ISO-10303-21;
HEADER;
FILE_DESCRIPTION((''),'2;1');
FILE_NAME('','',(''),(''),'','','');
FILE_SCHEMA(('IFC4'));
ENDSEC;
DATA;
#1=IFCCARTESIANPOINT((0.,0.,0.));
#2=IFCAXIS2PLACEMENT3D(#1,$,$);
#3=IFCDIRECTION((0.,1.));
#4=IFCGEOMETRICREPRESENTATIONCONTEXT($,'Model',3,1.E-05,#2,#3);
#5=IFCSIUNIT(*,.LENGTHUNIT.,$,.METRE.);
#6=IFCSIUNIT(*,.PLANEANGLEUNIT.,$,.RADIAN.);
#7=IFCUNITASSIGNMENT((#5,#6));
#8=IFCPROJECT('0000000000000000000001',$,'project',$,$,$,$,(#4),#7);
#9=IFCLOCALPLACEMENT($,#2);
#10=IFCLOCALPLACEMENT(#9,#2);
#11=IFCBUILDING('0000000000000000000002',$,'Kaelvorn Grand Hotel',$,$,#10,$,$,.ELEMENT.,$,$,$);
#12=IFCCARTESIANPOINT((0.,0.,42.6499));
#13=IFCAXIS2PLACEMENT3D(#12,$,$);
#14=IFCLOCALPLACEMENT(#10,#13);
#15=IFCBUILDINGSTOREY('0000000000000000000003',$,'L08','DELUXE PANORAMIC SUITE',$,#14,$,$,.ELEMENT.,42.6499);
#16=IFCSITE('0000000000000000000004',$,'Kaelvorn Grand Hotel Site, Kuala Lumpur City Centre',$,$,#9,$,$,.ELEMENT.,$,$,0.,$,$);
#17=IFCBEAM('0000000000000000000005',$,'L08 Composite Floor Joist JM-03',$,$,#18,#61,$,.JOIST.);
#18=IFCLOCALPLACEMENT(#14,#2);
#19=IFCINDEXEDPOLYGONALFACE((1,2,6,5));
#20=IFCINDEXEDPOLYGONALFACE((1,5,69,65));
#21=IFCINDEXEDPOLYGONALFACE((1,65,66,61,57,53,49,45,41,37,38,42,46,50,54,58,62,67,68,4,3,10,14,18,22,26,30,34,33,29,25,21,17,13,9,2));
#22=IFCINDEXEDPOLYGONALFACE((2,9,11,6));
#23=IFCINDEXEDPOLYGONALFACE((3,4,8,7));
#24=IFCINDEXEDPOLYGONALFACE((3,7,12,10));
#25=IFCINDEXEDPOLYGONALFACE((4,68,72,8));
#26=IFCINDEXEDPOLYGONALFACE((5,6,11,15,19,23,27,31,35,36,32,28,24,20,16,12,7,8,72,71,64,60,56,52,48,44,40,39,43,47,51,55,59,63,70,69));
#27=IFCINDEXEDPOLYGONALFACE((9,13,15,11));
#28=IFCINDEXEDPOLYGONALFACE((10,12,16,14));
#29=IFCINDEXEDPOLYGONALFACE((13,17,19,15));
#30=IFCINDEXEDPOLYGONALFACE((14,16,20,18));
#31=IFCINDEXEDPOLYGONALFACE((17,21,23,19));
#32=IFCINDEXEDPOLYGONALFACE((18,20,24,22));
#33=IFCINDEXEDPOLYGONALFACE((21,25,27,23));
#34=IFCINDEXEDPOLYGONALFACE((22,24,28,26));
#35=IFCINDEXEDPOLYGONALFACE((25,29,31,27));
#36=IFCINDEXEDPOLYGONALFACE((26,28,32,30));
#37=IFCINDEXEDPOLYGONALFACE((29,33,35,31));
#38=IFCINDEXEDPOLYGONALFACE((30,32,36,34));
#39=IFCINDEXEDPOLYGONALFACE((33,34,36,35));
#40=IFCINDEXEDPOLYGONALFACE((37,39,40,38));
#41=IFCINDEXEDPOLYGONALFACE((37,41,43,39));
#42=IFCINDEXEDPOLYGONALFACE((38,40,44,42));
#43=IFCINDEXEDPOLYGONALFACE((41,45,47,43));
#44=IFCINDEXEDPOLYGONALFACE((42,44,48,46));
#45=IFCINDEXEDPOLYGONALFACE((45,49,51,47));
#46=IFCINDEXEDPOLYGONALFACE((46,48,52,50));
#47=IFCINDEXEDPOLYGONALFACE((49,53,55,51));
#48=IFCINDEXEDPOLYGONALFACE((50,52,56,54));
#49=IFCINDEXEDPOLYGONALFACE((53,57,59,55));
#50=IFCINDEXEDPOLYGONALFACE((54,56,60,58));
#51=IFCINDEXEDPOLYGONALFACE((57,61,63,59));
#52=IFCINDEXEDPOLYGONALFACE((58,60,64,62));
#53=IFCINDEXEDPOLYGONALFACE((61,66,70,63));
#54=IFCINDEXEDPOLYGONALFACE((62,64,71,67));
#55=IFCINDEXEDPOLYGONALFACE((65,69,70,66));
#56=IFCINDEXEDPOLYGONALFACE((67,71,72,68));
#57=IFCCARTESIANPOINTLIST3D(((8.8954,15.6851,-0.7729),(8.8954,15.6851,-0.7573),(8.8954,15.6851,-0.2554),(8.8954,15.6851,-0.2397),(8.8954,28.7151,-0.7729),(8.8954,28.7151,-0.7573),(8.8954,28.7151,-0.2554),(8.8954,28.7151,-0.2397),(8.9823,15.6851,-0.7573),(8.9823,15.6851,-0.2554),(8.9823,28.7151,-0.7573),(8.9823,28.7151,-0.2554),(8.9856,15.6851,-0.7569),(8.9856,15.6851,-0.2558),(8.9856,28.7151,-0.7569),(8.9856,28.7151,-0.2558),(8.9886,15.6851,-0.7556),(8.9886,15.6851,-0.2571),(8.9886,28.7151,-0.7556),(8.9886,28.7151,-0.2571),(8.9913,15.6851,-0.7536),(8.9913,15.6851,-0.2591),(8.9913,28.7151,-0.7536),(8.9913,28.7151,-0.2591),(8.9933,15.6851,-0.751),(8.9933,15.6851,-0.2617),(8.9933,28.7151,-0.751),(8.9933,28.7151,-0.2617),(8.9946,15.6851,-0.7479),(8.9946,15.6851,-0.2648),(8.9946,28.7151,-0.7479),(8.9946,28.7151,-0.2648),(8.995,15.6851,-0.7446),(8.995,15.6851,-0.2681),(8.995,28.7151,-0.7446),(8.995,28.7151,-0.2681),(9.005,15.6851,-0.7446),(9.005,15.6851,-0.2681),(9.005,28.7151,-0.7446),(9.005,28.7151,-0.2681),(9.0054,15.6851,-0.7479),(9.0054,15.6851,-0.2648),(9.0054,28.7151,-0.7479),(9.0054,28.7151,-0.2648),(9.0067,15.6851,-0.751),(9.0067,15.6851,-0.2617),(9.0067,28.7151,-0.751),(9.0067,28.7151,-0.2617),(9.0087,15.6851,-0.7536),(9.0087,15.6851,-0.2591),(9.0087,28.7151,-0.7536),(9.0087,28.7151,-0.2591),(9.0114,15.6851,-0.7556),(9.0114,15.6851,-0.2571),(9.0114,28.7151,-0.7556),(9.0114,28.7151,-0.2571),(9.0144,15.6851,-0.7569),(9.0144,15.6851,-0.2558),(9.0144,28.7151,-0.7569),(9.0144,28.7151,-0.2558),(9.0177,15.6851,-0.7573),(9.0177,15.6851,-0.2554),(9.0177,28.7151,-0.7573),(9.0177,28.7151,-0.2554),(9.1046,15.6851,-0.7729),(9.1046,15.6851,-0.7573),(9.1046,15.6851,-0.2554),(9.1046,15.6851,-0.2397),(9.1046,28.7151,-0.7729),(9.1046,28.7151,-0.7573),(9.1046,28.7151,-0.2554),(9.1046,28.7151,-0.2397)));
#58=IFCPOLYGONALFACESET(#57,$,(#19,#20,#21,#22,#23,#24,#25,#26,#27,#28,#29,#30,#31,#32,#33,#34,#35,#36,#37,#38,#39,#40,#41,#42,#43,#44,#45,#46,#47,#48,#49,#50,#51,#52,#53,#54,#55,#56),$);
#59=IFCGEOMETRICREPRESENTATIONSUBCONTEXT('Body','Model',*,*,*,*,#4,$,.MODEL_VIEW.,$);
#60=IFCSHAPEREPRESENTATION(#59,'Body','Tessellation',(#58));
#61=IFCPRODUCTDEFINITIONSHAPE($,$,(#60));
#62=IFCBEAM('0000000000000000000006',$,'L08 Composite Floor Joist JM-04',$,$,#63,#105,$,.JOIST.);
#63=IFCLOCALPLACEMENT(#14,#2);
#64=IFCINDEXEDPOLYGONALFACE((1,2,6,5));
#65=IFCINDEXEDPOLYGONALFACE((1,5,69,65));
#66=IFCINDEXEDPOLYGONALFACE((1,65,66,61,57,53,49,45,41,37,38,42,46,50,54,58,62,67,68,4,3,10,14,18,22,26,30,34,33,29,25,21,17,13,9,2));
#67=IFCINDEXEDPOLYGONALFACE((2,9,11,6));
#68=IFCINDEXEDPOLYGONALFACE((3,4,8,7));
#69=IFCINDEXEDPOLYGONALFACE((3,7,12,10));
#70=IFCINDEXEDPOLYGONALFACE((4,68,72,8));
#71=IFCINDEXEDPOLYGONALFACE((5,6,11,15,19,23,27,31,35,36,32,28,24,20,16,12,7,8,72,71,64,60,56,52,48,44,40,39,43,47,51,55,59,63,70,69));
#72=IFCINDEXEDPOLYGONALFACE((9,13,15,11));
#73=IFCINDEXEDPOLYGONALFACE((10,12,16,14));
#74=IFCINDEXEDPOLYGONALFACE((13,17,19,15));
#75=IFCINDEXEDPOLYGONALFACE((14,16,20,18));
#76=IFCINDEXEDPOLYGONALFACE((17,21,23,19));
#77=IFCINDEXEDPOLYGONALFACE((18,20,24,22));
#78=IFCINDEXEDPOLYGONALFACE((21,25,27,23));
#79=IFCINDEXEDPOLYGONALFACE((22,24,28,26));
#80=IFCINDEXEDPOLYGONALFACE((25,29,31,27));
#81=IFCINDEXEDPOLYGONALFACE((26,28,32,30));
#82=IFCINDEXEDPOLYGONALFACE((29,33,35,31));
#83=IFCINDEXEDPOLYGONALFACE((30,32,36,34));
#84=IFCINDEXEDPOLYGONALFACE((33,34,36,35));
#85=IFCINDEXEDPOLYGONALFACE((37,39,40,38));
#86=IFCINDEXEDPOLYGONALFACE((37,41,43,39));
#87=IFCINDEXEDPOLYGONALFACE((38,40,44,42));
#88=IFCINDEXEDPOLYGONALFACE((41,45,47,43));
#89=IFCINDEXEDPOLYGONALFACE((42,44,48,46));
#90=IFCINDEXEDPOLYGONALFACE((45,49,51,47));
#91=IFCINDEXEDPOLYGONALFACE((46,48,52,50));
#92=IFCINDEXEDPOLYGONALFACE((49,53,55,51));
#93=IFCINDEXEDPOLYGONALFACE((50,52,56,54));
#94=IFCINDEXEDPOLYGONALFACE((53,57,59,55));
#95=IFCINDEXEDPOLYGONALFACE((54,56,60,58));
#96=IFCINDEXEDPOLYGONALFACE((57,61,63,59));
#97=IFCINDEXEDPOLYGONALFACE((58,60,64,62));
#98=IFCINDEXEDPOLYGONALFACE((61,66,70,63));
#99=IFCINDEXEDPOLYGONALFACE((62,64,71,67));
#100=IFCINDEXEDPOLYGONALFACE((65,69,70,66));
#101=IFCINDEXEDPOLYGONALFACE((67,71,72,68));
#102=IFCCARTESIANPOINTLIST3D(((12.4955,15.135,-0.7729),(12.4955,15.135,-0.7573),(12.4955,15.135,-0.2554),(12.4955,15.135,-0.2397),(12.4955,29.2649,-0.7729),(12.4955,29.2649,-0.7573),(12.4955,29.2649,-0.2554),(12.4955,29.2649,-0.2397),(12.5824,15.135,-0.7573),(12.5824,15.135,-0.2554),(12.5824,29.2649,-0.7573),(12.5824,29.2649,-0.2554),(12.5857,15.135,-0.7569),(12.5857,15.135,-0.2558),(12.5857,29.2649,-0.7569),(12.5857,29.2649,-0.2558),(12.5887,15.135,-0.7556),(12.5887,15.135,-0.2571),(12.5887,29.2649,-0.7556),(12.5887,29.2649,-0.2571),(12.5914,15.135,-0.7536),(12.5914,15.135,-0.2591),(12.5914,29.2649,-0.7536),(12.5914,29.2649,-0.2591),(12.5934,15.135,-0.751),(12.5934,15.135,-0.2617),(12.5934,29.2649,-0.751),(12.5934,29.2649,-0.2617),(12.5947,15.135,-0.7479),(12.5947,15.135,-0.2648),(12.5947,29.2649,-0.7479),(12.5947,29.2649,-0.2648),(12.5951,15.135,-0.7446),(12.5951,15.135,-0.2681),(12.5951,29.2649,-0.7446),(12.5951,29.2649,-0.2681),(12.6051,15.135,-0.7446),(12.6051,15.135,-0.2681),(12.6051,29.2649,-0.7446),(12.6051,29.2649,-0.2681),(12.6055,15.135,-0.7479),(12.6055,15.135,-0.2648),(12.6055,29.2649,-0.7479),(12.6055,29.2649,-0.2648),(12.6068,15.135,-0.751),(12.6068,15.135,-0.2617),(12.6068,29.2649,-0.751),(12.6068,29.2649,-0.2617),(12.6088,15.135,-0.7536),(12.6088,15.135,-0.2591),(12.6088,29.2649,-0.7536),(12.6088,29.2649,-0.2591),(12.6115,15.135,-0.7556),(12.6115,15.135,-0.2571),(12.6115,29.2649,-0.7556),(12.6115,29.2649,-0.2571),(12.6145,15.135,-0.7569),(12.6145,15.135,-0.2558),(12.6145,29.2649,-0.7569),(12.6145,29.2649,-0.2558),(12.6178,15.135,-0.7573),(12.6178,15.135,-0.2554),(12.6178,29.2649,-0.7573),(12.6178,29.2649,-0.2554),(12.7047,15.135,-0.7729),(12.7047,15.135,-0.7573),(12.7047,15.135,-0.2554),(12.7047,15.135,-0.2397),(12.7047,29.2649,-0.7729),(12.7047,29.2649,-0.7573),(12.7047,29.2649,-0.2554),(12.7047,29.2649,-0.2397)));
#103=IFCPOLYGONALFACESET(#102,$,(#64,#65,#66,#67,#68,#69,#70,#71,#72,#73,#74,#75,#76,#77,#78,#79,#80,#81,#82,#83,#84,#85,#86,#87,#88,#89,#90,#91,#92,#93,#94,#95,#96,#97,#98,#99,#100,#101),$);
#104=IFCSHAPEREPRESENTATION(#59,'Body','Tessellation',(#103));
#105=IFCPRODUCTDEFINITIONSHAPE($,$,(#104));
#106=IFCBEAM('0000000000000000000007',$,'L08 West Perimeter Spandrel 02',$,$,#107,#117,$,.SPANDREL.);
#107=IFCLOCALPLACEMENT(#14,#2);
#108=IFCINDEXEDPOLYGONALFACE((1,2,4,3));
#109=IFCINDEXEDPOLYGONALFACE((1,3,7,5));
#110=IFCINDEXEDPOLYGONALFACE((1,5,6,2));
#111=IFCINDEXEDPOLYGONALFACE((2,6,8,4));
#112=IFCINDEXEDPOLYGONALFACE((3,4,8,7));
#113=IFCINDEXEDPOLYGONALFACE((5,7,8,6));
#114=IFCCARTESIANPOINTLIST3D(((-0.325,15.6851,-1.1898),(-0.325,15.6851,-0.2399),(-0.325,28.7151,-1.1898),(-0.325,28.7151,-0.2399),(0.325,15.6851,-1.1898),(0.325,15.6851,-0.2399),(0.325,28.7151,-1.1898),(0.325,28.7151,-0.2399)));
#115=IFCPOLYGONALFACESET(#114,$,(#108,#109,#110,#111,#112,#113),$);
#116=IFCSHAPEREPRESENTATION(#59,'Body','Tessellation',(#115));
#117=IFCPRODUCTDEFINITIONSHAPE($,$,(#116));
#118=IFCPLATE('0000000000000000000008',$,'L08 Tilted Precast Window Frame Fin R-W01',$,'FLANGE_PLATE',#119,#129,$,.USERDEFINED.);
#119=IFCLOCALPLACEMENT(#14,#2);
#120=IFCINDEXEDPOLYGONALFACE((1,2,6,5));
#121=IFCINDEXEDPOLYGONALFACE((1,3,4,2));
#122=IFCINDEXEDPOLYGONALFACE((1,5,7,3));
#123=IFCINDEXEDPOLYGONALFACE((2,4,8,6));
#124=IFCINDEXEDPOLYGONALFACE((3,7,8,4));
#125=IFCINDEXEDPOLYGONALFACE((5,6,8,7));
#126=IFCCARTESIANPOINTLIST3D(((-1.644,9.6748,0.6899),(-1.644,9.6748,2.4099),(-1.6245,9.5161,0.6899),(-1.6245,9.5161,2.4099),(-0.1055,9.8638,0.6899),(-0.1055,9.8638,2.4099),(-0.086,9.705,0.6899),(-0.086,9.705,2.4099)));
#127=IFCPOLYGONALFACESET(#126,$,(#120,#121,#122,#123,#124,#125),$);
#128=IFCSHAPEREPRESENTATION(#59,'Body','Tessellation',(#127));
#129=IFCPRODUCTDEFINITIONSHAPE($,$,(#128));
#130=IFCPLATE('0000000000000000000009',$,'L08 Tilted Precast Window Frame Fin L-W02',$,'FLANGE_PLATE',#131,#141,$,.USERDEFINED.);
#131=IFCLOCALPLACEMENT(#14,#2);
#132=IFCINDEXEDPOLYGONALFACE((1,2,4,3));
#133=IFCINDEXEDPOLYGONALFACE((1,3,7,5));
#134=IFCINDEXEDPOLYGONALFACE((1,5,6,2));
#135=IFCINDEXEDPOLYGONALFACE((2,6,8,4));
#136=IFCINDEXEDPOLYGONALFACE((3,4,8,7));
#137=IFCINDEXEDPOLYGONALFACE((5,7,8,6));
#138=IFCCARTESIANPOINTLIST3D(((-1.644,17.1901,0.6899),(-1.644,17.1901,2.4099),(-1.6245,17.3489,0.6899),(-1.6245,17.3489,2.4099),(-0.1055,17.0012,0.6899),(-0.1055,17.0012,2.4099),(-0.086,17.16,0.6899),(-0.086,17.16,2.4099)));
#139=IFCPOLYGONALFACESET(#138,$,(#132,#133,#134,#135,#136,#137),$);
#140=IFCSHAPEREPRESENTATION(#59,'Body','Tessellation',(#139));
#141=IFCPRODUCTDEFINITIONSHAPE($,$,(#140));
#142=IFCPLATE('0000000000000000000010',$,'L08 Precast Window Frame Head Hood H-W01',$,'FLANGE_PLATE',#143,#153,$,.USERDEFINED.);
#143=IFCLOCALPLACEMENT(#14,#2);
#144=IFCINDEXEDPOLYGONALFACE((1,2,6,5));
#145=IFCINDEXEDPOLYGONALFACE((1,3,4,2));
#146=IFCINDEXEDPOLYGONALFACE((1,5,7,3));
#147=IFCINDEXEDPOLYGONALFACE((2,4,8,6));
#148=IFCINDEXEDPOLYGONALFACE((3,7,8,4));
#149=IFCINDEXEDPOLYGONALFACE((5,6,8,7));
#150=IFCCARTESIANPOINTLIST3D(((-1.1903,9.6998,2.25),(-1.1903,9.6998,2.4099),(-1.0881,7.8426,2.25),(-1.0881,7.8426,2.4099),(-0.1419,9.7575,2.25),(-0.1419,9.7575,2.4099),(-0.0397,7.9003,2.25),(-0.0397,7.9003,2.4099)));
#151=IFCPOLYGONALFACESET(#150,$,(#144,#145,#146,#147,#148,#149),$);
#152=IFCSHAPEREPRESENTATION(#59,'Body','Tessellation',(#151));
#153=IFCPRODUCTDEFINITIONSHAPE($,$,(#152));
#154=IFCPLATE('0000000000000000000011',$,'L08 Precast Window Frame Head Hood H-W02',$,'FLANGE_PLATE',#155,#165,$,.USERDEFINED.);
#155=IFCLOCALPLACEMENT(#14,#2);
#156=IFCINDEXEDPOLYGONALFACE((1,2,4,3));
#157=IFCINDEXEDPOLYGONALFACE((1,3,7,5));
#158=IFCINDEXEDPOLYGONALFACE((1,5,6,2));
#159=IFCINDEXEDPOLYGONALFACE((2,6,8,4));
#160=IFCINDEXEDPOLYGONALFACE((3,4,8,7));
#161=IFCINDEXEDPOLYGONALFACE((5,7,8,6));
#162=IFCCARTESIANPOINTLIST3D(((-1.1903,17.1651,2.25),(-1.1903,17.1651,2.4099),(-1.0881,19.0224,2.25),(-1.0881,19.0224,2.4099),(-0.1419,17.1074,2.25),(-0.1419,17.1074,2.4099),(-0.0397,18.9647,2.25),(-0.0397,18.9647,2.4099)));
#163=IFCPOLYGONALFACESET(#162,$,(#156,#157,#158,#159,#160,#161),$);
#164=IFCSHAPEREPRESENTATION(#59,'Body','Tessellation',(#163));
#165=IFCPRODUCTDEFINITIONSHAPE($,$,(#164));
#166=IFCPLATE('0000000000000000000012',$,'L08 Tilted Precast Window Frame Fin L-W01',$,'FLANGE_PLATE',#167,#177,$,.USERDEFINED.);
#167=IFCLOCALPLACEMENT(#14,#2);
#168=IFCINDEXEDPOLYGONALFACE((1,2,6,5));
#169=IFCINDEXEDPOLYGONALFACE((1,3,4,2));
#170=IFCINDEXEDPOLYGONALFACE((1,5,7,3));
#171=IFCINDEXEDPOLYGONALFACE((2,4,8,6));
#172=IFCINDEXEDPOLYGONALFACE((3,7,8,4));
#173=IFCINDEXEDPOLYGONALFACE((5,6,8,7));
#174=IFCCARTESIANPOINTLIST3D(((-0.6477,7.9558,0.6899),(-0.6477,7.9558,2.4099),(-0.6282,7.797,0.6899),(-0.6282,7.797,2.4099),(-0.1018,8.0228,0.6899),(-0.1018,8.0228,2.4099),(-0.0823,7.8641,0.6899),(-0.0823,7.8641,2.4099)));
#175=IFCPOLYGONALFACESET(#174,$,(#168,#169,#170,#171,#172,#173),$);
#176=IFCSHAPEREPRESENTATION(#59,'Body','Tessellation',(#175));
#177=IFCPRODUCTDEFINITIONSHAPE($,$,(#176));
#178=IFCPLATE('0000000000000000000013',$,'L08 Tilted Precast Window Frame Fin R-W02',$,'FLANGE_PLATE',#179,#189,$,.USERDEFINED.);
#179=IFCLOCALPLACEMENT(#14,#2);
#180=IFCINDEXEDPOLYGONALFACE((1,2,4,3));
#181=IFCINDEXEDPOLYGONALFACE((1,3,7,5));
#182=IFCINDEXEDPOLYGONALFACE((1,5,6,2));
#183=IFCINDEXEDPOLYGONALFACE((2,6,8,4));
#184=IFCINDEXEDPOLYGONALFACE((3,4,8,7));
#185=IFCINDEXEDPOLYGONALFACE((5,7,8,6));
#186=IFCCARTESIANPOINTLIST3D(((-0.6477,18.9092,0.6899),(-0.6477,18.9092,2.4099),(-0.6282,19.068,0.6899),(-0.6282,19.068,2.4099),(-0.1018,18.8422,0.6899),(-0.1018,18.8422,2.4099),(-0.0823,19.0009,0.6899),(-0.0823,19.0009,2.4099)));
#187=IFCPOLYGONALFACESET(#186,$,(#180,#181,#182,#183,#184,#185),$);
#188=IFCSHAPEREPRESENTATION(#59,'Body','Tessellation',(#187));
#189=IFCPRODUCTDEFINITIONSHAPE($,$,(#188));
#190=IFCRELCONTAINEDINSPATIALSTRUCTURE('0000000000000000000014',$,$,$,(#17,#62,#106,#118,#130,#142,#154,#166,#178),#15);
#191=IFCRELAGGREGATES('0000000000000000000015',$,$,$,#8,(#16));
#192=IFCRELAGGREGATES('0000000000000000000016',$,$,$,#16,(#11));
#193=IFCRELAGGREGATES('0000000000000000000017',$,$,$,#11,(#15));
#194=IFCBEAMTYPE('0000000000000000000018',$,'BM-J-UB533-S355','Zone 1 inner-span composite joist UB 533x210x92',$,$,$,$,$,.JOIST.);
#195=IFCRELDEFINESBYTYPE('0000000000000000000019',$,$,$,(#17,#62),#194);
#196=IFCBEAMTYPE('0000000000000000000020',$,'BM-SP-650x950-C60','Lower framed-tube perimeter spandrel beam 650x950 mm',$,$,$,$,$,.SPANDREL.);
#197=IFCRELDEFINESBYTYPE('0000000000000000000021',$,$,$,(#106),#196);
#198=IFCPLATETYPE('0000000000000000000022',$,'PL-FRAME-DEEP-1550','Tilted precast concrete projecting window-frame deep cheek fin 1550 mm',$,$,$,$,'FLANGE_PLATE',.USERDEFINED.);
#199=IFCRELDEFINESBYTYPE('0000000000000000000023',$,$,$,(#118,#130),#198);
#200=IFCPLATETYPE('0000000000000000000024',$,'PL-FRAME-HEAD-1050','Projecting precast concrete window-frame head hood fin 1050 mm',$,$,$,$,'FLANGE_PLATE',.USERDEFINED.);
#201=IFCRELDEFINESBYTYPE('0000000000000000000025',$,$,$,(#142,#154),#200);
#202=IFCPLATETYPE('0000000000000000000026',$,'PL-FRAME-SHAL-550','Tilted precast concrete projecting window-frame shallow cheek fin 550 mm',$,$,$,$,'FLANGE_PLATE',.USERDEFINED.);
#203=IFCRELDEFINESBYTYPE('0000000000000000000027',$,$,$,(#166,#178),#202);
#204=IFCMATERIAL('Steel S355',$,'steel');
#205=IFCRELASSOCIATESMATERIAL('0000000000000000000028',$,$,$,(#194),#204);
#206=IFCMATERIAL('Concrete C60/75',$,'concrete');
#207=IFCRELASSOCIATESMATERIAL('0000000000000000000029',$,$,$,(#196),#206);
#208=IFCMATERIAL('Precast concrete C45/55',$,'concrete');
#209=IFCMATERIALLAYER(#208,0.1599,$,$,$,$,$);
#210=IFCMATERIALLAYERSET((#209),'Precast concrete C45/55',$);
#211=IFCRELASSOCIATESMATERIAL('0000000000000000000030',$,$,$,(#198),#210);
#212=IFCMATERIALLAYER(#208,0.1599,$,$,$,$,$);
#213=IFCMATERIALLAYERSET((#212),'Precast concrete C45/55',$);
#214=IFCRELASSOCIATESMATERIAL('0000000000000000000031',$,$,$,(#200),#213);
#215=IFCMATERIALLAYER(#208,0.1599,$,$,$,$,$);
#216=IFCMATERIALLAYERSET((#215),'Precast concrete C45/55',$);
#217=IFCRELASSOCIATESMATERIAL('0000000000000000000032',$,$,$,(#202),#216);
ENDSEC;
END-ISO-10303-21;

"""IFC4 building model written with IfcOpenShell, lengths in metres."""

from ifc_helpers import new_model, si_unit, direction, frame, origin, origin_2d, place, context, subcontext, project, spatial, rectangle, i_section, extrude, material, layer, layer_set, material_profile, profile_set, type_object, element, save


model = new_model("IFC4")

# Units and contexts
model_context = context("Model", 3, precision=1e-05, world=origin(), true_north=direction((0.0, 1.0)))
body_context = subcontext(model_context, "Body", "Model", "MODEL_VIEW")
ifc_project = project(units=[si_unit("LENGTHUNIT", "METRE"), si_unit("PLANEANGLEUNIT", "RADIAN")], contexts=[model_context])

# Site, building, storey
site_placement = place(None, origin())
site = spatial("IfcSite", under=ifc_project, at=site_placement, Name="Kaelvorn Grand Hotel Site, Kuala Lumpur City Centre", CompositionType="ELEMENT", RefElevation=0.0)
building_placement = place(site_placement, origin())
building = spatial("IfcBuilding", under=site, at=building_placement, Name="Kaelvorn Grand Hotel", CompositionType="ELEMENT")
storey_placement = place(building_placement, frame((0.0, 0.0, 42.6499)))
storey = spatial("IfcBuildingStorey", under=building, at=storey_placement, Name="L08", Description="DELUXE PANORAMIC SUITE", CompositionType="ELEMENT", Elevation=42.6499)

# Beams
ifc_material_1 = material(Name="Steel S355", Category="steel")
ifc_material_profile_1 = material_profile(ifc_material_1, i_section(OverallWidth=0.2092, OverallDepth=0.5332, WebThickness=0.01, FlangeThickness=0.0156, FilletRadius=0.0127, at=origin_2d()), Name="UB 533x210x92")
ifc_profile_set_1 = profile_set([ifc_material_profile_1], Name="Steel S355")
beam_type_1 = type_object("IfcBeamType", Name="BM-J-UB533-S355", Description="Zone 1 inner-span composite joist UB 533x210x92", PredefinedType="JOIST", material=ifc_profile_set_1)
beam_1_placement = place(storey_placement, frame((9.0, 15.6851, -0.5063), z_axis=(0.0, 1.0, 0.0), x_axis=(-1.0, 0.0, 0.0)))
element("IfcBeam", 1, at=beam_1_placement, inside=storey, type_object=beam_type_1, Name="L08 Composite Floor Joist JM-03", PredefinedType="JOIST", context=body_context, shape_type="SweptSolid", body=[
    extrude(i_section(OverallWidth=0.2092, OverallDepth=0.5332, WebThickness=0.01, FlangeThickness=0.0156, FilletRadius=0.0127, at=origin_2d()), origin(), (0.0, 0.0, 1.0), 13.03),
])
beam_2_placement = place(storey_placement, frame((12.6001, 15.135, -0.5063), z_axis=(0.0, 1.0, 0.0), x_axis=(-1.0, 0.0, 0.0)))
element("IfcBeam", 2, at=beam_2_placement, inside=storey, type_object=beam_type_1, Name="L08 Composite Floor Joist JM-04", PredefinedType="JOIST", context=body_context, shape_type="SweptSolid", body=[
    extrude(i_section(OverallWidth=0.2092, OverallDepth=0.5332, WebThickness=0.01, FlangeThickness=0.0156, FilletRadius=0.0127, at=origin_2d()), origin(), (0.0, 0.0, 1.0), 14.1299),
])
ifc_material_2 = material(Name="Concrete C60/75", Category="concrete")
ifc_material_profile_2 = material_profile(ifc_material_2, rectangle(XDim=0.6499, YDim=0.95, at=origin_2d()), Name="RC SPANDREL 650x950")
ifc_profile_set_2 = profile_set([ifc_material_profile_2], Name="Concrete C60/75")
beam_type_2 = type_object("IfcBeamType", Name="BM-SP-650x950-C60", Description="Lower framed-tube perimeter spandrel beam 650x950 mm", PredefinedType="SPANDREL", material=ifc_profile_set_2)
beam_3_placement = place(storey_placement, frame((0.0, 15.6851, -0.7148), z_axis=(0.0, 1.0, 0.0), x_axis=(-1.0, 0.0, 0.0)))
element("IfcBeam", 3, at=beam_3_placement, inside=storey, type_object=beam_type_2, Name="L08 West Perimeter Spandrel 02", PredefinedType="SPANDREL", context=body_context, shape_type="SweptSolid", body=[
    extrude(rectangle(XDim=0.6499, YDim=0.95, at=origin_2d()), origin(), (0.0, 0.0, 1.0), 13.03),
])

# Plates
ifc_material_3 = material(Name="Precast concrete C45/55", Category="concrete")
ifc_layer_1 = layer(ifc_material_3, 0.1599)
ifc_layer_set_1 = layer_set([ifc_layer_1], Name="Precast concrete C45/55")
plate_type_1 = type_object("IfcPlateType", Name="PL-FRAME-DEEP-1550", Description="Tilted precast concrete projecting window-frame deep cheek fin 1550 mm", ElementType="FLANGE_PLATE", PredefinedType="USERDEFINED", material=ifc_layer_set_1)
for number, where, z_axis, x_axis, name in (
    (4, (-0.865, 9.6899, 0.6899), (0.0, 0.0, 1.0), (-0.121869, 0.992546, 0.0), "L08 Tilted Precast Window Frame Fin R-W01"),
    (5, (-0.865, 17.175, 0.6899), (0.0, 0.0, 1.0), (0.121869, 0.992546, 0.0), "L08 Tilted Precast Window Frame Fin L-W02"),
):
    element("IfcPlate", number, at=place(storey_placement, frame(where, z_axis=z_axis, x_axis=x_axis)), inside=storey, type_object=plate_type_1, Name=name, ObjectType="FLANGE_PLATE", PredefinedType="USERDEFINED", context=body_context, shape_type="SweptSolid", body=[
        extrude(rectangle(XDim=0.1599, YDim=1.55, at=origin_2d()), origin(), (0.0, 0.0, 1.0), 1.72),
    ])
ifc_layer_2 = layer(ifc_material_3, 0.1599)
ifc_layer_set_2 = layer_set([ifc_layer_2], Name="Precast concrete C45/55")
plate_type_2 = type_object("IfcPlateType", Name="PL-FRAME-HEAD-1050", Description="Projecting precast concrete window-frame head hood fin 1050 mm", ElementType="FLANGE_PLATE", PredefinedType="USERDEFINED", material=ifc_layer_set_2)
for number, where, z_axis, x_axis, name in (
    (6, (-0.615, 8.8, 2.25), (0.0, 0.0, 1.0), (-0.05495, 0.998489, 0.0), "L08 Precast Window Frame Head Hood H-W01"),
    (7, (-0.615, 18.0649, 2.25), (0.0, 0.0, 1.0), (0.05495, 0.998489, 0.0), "L08 Precast Window Frame Head Hood H-W02"),
):
    element("IfcPlate", number, at=place(storey_placement, frame(where, z_axis=z_axis, x_axis=x_axis)), inside=storey, type_object=plate_type_2, Name=name, ObjectType="FLANGE_PLATE", PredefinedType="USERDEFINED", context=body_context, shape_type="SweptSolid", body=[
        extrude(rectangle(XDim=1.8601, YDim=1.05, at=origin_2d()), origin(), (0.0, 0.0, 1.0), 0.1599),
    ])
ifc_layer_3 = layer(ifc_material_3, 0.1599)
ifc_layer_set_3 = layer_set([ifc_layer_3], Name="Precast concrete C45/55")
plate_type_3 = type_object("IfcPlateType", Name="PL-FRAME-SHAL-550", Description="Tilted precast concrete projecting window-frame shallow cheek fin 550 mm", ElementType="FLANGE_PLATE", PredefinedType="USERDEFINED", material=ifc_layer_set_3)
for number, where, z_axis, x_axis, name in (
    (8, (-0.365, 7.9099, 0.6899), (0.0, 0.0, 1.0), (-0.121869, 0.992546, 0.0), "L08 Tilted Precast Window Frame Fin L-W01"),
    (9, (-0.365, 18.9551, 0.6899), (0.0, 0.0, 1.0), (0.121869, 0.992546, 0.0), "L08 Tilted Precast Window Frame Fin R-W02"),
):
    element("IfcPlate", number, at=place(storey_placement, frame(where, z_axis=z_axis, x_axis=x_axis)), inside=storey, type_object=plate_type_3, Name=name, ObjectType="FLANGE_PLATE", PredefinedType="USERDEFINED", context=body_context, shape_type="SweptSolid", body=[
        extrude(rectangle(XDim=0.1599, YDim=0.55, at=origin_2d()), origin(), (0.0, 0.0, 1.0), 1.72),
    ])

save(model, "model.ifc")
